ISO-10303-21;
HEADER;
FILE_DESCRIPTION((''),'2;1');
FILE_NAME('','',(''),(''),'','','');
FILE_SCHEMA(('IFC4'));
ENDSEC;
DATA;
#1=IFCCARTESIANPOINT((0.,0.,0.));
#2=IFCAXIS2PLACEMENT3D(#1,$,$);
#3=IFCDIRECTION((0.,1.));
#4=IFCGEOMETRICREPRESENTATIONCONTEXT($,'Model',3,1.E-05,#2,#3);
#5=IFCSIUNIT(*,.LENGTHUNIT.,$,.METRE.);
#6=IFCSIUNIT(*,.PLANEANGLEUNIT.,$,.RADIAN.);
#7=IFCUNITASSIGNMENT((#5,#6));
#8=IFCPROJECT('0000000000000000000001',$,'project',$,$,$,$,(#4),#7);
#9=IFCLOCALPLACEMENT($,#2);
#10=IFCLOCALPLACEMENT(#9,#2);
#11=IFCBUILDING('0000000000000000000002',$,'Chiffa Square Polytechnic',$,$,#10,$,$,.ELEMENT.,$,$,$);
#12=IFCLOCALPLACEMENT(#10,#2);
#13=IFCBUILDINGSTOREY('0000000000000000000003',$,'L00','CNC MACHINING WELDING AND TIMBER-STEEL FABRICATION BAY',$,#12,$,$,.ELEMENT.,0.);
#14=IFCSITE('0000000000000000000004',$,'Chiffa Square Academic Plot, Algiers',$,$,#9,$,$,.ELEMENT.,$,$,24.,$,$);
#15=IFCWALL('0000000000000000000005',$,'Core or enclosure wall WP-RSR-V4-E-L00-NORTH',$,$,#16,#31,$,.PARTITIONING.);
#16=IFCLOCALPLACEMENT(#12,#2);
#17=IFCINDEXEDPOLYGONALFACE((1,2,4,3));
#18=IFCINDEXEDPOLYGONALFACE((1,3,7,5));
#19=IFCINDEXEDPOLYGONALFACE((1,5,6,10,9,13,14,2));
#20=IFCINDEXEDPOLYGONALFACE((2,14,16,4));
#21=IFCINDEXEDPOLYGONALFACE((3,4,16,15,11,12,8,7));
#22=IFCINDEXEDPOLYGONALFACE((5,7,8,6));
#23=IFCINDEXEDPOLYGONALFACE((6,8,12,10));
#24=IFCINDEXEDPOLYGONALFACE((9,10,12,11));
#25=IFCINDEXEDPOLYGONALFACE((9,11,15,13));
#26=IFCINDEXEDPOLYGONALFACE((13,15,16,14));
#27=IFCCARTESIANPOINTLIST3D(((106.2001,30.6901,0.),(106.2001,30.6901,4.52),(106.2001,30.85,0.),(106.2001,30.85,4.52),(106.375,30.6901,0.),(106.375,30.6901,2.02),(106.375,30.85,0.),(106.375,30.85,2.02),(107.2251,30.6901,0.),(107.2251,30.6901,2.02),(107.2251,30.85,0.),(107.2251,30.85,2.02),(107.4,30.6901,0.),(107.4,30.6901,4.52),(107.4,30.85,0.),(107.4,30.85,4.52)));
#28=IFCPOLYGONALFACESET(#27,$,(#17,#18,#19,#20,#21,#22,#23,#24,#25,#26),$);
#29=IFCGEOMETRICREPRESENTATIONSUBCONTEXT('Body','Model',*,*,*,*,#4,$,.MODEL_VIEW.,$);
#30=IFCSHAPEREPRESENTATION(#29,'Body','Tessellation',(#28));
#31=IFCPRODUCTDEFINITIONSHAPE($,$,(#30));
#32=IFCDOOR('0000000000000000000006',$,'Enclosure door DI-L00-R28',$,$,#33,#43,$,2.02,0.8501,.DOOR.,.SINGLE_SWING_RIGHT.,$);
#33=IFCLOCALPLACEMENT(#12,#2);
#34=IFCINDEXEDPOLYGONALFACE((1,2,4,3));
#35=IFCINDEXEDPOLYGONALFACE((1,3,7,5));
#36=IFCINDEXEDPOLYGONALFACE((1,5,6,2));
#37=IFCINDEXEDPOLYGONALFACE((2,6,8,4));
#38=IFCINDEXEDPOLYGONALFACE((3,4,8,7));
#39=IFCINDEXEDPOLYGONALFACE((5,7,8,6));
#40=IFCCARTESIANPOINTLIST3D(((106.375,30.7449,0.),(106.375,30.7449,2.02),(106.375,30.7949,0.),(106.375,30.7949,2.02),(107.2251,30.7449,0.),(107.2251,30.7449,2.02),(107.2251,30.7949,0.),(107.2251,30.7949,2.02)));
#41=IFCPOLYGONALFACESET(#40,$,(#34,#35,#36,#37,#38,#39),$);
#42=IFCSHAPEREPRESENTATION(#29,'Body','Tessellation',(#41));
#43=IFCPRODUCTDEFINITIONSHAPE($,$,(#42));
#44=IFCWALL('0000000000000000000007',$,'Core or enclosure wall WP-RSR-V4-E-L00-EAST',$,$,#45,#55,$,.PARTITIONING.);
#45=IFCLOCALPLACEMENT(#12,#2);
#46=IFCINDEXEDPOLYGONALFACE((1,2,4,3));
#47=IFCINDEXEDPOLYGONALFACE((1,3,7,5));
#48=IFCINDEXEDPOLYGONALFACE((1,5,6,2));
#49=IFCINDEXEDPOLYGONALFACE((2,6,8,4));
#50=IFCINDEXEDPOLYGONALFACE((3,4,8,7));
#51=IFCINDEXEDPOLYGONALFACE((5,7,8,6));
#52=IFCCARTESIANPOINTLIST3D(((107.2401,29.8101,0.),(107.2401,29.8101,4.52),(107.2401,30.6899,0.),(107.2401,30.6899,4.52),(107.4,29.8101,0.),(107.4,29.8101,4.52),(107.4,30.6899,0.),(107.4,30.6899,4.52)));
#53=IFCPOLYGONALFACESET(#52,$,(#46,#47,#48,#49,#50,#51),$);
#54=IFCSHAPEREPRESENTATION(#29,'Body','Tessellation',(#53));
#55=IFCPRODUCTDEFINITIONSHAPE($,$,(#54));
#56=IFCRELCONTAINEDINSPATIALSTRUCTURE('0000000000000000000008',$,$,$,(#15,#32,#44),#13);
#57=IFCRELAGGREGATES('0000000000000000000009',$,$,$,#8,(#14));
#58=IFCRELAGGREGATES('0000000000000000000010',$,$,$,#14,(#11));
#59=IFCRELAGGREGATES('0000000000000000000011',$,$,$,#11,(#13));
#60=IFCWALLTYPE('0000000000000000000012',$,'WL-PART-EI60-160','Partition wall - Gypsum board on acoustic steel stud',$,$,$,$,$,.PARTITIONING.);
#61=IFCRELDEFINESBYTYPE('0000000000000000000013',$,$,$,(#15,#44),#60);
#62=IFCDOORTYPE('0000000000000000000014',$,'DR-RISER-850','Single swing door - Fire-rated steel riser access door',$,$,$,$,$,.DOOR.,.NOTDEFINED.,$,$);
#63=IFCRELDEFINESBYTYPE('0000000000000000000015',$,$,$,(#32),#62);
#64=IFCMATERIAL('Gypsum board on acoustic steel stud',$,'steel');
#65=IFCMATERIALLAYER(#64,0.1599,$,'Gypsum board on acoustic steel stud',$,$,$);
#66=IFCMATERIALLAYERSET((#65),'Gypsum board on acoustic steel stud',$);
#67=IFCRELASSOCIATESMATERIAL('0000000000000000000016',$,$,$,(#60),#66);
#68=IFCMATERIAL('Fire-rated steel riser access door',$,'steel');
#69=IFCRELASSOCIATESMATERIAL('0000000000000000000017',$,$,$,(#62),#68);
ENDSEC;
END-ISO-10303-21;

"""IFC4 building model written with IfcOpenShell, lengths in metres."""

from ifc_helpers import new_model, si_unit, direction, frame, frame_2d, origin, place, context, subcontext, project, spatial, rectangle, extrude, material, layer, layer_set, type_object, element, fill, save


model = new_model("IFC4")

# Units and contexts
model_context = context("Model", 3, precision=1e-05, world=origin(), true_north=direction((0.0, 1.0)))
body_context = subcontext(model_context, "Body", "Model", "MODEL_VIEW")
ifc_project = project(units=[si_unit("LENGTHUNIT", "METRE"), si_unit("PLANEANGLEUNIT", "RADIAN")], contexts=[model_context])

# Site, building, storey
site_placement = place(None, origin())
site = spatial("IfcSite", under=ifc_project, at=site_placement, Name="Chiffa Square Academic Plot, Algiers", CompositionType="ELEMENT", RefElevation=24.0)
building_placement = place(site_placement, origin())
building = spatial("IfcBuilding", under=site, at=building_placement, Name="Chiffa Square Polytechnic", CompositionType="ELEMENT")
storey_placement = place(building_placement, origin())
storey = spatial("IfcBuildingStorey", under=building, at=storey_placement, Name="L00", Description="CNC MACHINING WELDING AND TIMBER-STEEL FABRICATION BAY", CompositionType="ELEMENT", Elevation=0.0)

# Wall, opening, door
ifc_material_1 = material(Name="Gypsum board on acoustic steel stud", Category="steel")
ifc_layer_1 = layer(ifc_material_1, 0.1599, Name="Gypsum board on acoustic steel stud")
ifc_layer_set_1 = layer_set([ifc_layer_1], Name="Gypsum board on acoustic steel stud")
wall_type_1 = type_object("IfcWallType", Name="WL-PART-EI60-160", Description="Partition wall - Gypsum board on acoustic steel stud", PredefinedType="PARTITIONING", material=ifc_layer_set_1)
wall_1_placement = place(storey_placement, frame((106.2, 30.77, 0.0), z_axis=(0.0, 0.0, 1.0), x_axis=(1.0, 0.0, 0.0)))
wall_1 = element("IfcWall", 1, at=wall_1_placement, inside=storey, type_object=wall_type_1, Name="Core or enclosure wall WP-RSR-V4-E-L00-NORTH", PredefinedType="PARTITIONING", context=body_context, shape_type="SweptSolid", body=[
    extrude(rectangle(XDim=1.2, YDim=0.1599, at=frame_2d((0.6001, 0.0))), origin(), (0.0, 0.0, 1.0), 4.52),
])
opening_1_placement = place(wall_1_placement, frame((0.175, 0.0, 0.0)))
opening_1 = element("IfcOpeningElement", 2, at=opening_1_placement, cuts=wall_1, PredefinedType="OPENING", context=body_context, shape_type="SweptSolid", body=[
    extrude(rectangle(XDim=0.8501, YDim=2.02, at=frame_2d((0.425, 1.01))), frame((0.0, 0.0898, 0.0), z_axis=(0.0, -1.0, 0.0), x_axis=(1.0, 0.0, 0.0)), (0.0, 0.0, 1.0), 0.1799),
])
ifc_material_2 = material(Name="Fire-rated steel riser access door", Category="steel")
door_type_1 = type_object("IfcDoorType", Name="DR-RISER-850", Description="Single swing door - Fire-rated steel riser access door", OperationType="NOTDEFINED", PredefinedType="DOOR", material=ifc_material_2)
door_1_placement = place(opening_1_placement, origin())
door_1 = element("IfcDoor", 3, at=door_1_placement, inside=storey, type_object=door_type_1, Name="Enclosure door DI-L00-R28", OperationType="SINGLE_SWING_RIGHT", OverallHeight=2.02, OverallWidth=0.8501, PredefinedType="DOOR", context=body_context, shape_type="SweptSolid", body=[
    extrude(rectangle(XDim=0.8501, YDim=2.02, at=frame_2d((0.425, 1.01))), frame((0.0, 0.0249, 0.0), z_axis=(0.0, -1.0, 0.0), x_axis=(1.0, 0.0, 0.0)), (0.0, 0.0, 1.0), 0.05),
])
fill(opening_1, door_1)

# Wall
wall_2_placement = place(storey_placement, frame((107.3201, 29.8101, 0.0), z_axis=(0.0, 0.0, 1.0), x_axis=(0.0, 1.0, 0.0)))
element("IfcWall", 4, at=wall_2_placement, inside=storey, type_object=wall_type_1, Name="Core or enclosure wall WP-RSR-V4-E-L00-EAST", PredefinedType="PARTITIONING", context=body_context, shape_type="SweptSolid", body=[
    extrude(rectangle(XDim=0.8799, YDim=0.1599, at=frame_2d((0.4399, 0.0))), origin(), (0.0, 0.0, 1.0), 4.52),
])

save(model, "model.ifc")
